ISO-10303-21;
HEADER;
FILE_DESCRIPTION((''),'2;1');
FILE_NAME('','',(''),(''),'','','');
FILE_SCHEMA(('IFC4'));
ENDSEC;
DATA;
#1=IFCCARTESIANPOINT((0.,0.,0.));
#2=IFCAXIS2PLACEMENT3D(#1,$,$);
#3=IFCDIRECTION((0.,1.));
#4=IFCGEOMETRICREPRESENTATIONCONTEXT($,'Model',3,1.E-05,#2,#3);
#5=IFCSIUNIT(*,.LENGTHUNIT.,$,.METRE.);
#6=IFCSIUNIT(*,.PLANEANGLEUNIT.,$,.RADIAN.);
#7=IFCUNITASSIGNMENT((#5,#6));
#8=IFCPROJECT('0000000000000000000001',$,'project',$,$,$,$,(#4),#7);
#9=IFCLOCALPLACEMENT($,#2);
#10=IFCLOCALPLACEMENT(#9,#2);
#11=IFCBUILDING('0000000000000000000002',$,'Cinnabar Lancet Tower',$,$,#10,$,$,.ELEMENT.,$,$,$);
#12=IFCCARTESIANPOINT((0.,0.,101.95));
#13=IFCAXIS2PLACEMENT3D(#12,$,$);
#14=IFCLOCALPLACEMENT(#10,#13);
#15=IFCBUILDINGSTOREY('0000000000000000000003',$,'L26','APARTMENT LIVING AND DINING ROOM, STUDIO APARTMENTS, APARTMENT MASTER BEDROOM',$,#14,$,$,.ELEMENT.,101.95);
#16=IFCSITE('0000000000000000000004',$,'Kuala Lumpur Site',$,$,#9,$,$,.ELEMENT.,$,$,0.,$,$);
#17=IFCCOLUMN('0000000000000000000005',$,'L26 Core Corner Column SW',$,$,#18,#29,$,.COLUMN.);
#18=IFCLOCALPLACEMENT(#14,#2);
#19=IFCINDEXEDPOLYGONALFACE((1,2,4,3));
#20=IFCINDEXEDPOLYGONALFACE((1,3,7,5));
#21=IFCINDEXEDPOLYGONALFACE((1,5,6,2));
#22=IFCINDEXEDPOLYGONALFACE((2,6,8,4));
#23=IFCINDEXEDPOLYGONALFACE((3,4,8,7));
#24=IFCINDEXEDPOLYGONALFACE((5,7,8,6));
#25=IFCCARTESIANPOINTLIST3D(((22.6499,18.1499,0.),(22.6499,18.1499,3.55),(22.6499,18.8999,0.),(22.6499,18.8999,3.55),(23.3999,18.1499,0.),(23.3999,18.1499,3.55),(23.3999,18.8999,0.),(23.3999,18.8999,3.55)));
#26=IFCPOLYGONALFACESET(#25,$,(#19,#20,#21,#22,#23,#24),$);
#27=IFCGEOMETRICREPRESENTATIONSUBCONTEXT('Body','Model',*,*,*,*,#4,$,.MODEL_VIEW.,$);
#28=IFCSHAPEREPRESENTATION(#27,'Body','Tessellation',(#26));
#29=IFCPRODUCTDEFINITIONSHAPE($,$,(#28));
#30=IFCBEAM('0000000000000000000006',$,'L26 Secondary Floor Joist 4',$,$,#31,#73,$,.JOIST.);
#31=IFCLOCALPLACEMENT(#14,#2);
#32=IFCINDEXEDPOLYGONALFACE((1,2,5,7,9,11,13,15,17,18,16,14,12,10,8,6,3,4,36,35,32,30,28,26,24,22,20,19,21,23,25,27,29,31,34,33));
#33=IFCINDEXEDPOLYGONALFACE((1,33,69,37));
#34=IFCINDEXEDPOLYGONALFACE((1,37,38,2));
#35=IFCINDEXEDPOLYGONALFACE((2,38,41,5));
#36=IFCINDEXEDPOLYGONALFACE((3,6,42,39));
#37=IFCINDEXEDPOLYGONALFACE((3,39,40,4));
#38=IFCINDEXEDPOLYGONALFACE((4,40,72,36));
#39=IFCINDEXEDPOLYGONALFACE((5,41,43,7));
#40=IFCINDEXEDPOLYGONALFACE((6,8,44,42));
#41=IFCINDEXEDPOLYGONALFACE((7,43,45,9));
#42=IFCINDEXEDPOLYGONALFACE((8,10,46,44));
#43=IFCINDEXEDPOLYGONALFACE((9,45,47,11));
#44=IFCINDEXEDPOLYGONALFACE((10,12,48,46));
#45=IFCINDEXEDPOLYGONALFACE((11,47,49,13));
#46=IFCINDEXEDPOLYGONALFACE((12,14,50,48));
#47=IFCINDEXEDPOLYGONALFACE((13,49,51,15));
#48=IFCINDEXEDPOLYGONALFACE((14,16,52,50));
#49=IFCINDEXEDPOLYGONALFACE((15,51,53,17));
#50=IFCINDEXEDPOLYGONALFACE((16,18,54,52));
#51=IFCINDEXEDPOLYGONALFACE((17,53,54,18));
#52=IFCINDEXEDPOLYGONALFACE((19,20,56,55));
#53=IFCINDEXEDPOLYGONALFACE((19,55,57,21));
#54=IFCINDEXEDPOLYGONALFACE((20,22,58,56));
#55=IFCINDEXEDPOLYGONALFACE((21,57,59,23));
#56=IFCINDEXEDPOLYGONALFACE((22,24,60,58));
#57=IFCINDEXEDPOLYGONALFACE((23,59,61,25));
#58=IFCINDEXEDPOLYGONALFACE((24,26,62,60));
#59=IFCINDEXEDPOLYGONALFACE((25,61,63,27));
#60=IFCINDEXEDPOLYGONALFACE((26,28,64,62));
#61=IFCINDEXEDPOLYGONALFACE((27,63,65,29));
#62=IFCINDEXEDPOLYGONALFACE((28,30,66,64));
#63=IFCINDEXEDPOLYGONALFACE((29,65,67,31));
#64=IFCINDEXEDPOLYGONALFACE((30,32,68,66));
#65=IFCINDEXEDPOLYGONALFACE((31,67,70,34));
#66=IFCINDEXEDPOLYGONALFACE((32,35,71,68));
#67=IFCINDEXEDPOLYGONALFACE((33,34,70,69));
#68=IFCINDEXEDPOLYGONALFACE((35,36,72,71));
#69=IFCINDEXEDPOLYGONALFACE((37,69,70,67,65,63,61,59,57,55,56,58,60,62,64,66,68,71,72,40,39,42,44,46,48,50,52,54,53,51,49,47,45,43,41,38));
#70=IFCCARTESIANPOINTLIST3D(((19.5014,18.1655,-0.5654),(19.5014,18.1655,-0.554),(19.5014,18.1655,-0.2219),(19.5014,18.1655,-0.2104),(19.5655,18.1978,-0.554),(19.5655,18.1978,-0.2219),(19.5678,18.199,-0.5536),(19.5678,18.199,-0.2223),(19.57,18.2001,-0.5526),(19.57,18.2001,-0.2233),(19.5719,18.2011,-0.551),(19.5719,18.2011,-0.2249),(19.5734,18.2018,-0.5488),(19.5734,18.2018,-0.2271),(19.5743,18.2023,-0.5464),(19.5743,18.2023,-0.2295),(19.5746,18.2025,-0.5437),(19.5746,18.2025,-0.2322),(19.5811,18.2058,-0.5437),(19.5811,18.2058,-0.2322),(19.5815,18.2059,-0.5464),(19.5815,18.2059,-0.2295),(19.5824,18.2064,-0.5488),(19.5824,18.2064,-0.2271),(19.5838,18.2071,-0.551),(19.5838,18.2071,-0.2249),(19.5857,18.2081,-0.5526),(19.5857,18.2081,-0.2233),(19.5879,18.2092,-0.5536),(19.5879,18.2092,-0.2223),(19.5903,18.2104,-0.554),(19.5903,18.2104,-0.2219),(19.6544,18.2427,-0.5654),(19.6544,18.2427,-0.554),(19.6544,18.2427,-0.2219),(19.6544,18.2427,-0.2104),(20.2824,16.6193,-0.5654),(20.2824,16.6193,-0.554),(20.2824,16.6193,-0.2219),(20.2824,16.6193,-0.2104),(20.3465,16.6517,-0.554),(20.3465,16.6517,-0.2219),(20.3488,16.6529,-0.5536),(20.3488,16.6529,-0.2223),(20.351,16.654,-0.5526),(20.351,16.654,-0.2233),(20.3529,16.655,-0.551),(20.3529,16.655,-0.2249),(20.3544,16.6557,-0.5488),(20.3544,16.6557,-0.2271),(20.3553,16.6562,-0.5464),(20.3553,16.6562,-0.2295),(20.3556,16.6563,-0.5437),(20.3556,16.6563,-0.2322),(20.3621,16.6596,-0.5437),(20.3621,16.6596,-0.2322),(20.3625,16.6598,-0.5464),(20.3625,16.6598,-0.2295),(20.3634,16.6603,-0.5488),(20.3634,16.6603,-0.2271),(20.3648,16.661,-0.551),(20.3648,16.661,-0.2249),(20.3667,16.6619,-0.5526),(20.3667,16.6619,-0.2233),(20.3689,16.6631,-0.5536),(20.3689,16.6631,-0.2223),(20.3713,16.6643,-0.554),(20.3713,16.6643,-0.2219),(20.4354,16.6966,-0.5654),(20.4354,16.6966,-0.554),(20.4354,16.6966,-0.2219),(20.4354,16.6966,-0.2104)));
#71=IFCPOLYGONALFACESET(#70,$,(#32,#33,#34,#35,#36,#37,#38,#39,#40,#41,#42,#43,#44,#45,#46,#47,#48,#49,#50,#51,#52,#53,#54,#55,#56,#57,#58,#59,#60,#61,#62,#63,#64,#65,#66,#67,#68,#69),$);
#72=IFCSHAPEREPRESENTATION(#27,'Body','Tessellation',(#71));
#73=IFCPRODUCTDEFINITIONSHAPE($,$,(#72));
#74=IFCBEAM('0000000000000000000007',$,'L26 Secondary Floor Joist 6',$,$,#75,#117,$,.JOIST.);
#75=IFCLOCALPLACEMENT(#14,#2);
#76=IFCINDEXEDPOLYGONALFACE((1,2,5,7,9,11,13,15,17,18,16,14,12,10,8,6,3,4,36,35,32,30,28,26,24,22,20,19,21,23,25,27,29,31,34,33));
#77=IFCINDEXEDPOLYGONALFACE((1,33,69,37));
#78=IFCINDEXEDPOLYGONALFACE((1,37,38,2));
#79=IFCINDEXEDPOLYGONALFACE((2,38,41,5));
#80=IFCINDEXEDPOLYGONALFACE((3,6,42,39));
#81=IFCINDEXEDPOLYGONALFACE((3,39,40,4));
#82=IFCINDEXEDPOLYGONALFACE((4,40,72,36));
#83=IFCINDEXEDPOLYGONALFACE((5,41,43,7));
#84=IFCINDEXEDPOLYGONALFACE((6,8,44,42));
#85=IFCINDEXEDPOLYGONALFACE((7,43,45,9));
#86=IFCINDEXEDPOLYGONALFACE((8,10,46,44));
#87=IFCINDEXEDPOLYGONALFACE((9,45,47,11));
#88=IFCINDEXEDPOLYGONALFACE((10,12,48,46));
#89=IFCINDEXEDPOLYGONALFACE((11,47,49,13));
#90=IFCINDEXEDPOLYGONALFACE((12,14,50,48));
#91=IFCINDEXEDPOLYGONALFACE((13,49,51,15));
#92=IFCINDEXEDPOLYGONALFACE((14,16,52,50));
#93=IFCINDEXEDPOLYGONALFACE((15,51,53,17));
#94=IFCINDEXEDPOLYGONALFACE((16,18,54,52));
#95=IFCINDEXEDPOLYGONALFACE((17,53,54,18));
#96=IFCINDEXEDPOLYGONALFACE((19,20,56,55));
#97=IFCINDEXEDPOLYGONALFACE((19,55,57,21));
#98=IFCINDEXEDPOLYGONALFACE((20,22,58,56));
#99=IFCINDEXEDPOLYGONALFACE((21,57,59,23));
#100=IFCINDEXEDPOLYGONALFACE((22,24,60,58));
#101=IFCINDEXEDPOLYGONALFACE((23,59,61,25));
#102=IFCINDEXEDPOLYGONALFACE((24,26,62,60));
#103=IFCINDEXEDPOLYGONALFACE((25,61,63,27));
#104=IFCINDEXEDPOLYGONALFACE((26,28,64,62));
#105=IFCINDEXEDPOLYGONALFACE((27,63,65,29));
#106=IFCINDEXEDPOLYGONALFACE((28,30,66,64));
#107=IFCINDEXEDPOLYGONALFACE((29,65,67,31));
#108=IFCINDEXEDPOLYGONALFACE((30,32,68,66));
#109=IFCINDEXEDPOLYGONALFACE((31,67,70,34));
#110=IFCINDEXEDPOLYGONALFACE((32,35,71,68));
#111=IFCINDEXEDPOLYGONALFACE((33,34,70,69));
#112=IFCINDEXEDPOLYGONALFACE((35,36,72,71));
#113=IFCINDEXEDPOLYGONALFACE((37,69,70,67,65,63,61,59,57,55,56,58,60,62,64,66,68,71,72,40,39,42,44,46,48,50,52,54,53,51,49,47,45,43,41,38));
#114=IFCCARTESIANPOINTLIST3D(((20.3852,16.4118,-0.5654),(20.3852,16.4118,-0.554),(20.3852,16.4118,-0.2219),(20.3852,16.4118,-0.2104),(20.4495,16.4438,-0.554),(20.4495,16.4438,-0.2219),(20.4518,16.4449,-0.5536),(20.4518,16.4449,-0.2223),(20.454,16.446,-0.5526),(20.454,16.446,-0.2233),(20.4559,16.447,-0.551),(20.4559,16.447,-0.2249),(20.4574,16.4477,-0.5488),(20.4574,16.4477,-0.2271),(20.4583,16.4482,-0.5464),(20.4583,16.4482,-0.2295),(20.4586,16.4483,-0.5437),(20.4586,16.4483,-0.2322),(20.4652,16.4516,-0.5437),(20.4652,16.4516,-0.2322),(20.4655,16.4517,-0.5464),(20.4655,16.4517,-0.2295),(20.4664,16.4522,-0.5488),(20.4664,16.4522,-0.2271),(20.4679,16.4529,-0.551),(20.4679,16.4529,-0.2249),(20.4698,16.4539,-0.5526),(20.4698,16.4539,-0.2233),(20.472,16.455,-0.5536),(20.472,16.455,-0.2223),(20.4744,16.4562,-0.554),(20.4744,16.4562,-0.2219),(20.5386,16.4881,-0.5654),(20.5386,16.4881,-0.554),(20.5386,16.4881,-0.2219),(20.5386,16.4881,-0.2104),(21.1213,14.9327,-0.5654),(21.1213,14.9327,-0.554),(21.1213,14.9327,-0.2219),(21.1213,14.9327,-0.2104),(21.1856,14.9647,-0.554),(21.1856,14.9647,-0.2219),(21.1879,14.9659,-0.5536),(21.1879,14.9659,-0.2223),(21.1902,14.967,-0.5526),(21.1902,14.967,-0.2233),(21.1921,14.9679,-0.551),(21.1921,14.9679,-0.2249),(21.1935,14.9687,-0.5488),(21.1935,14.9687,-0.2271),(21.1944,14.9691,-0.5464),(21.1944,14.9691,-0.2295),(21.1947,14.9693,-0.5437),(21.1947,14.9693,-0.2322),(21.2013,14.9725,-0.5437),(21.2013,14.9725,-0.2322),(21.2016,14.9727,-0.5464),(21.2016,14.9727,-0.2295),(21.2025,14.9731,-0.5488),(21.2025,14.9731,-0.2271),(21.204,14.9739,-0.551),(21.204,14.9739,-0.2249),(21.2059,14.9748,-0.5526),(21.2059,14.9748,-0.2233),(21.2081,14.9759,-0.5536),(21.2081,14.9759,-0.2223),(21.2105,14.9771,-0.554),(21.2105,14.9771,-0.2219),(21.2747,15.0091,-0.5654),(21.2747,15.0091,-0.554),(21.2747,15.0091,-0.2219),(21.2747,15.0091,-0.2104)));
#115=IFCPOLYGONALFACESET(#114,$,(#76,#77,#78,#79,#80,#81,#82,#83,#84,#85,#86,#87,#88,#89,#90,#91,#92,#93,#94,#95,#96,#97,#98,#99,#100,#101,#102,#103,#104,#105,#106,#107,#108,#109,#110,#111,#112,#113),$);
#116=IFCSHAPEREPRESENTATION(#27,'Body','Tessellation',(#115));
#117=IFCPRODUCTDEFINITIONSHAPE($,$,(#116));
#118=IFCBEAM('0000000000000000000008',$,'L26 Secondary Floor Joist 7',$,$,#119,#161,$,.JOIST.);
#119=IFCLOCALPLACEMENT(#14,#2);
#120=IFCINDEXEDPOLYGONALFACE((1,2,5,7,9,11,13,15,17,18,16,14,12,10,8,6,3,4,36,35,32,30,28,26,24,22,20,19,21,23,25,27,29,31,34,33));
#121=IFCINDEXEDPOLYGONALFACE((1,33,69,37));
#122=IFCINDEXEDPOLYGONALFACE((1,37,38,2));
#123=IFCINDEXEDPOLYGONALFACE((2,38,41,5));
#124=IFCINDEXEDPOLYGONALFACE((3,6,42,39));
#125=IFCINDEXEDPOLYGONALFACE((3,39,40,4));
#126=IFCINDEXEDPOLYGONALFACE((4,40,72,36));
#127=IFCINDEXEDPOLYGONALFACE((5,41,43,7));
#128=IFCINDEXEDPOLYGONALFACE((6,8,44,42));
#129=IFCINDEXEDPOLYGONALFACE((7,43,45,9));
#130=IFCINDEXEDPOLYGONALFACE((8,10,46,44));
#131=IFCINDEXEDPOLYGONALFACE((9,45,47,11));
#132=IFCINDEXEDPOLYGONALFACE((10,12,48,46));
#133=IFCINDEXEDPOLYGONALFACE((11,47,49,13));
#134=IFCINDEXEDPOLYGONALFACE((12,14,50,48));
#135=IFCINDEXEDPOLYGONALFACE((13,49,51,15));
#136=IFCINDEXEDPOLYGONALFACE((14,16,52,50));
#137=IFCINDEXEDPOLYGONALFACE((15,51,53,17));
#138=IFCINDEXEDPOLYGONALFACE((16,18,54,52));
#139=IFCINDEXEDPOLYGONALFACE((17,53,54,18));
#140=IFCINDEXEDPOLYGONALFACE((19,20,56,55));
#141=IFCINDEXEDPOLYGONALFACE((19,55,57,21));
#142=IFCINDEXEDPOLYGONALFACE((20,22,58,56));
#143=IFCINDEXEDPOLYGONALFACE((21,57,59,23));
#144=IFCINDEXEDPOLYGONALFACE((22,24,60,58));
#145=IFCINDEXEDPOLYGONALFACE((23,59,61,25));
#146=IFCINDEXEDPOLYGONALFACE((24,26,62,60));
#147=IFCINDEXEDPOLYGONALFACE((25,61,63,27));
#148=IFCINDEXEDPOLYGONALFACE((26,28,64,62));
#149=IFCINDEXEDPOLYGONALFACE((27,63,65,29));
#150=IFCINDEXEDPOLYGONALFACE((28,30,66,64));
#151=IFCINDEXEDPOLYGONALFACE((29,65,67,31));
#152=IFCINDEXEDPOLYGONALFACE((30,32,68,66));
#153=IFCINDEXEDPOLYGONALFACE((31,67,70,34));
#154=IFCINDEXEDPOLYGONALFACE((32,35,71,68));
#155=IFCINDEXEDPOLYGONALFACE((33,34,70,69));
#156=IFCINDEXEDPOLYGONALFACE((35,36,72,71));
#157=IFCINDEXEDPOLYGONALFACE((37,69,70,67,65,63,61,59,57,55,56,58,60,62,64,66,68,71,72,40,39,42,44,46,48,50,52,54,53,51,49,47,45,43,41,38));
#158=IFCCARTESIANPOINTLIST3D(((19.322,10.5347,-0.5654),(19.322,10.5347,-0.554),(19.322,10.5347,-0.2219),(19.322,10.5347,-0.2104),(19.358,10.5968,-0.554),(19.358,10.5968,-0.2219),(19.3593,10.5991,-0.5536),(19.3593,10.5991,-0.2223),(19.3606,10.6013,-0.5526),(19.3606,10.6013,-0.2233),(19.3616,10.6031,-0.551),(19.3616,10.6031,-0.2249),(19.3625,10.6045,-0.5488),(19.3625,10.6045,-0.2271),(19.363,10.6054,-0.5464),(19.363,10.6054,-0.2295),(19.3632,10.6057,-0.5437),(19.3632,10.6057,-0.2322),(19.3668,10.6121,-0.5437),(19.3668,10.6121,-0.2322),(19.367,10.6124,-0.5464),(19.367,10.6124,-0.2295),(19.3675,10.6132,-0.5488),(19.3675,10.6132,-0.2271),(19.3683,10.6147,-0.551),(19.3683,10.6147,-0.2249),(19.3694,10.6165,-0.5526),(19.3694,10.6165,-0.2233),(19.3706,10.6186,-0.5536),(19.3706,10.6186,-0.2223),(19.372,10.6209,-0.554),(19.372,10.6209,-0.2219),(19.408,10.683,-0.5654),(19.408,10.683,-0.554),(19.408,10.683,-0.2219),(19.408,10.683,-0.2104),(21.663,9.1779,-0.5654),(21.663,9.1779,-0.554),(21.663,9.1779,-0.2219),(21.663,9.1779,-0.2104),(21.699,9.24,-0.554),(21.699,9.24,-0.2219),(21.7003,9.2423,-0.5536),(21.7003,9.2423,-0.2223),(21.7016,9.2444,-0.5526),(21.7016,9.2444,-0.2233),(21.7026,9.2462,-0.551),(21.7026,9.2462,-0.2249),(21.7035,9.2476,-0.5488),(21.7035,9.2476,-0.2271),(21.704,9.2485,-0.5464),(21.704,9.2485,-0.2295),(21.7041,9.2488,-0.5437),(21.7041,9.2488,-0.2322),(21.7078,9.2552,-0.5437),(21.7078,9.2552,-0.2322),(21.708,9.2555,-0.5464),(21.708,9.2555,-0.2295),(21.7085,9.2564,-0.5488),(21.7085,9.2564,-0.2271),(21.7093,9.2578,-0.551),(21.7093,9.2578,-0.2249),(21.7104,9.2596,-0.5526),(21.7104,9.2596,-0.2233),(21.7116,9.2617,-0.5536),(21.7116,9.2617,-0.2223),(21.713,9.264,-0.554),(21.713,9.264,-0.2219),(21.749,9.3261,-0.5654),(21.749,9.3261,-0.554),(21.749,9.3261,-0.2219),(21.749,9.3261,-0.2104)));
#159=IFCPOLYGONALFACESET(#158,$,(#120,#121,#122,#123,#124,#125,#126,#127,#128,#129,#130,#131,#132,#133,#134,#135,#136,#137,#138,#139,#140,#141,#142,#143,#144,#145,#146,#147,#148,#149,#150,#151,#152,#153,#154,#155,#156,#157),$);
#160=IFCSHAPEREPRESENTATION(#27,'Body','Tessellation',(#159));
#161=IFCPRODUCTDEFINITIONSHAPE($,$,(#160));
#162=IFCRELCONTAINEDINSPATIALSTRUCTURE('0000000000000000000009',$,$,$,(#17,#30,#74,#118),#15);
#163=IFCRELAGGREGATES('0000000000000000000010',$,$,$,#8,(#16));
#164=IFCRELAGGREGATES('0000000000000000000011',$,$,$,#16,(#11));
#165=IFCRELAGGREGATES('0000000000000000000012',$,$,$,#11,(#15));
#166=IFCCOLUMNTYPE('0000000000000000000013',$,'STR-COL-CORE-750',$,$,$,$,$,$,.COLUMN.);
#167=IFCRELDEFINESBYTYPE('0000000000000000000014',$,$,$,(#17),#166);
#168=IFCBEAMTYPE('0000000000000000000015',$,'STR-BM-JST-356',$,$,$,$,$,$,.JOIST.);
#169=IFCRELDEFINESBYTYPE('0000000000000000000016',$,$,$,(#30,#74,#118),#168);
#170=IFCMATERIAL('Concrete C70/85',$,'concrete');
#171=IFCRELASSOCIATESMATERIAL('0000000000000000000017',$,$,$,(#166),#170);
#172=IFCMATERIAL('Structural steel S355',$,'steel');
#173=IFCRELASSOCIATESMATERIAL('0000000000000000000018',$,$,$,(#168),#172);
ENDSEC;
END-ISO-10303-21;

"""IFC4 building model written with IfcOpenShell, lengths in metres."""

from ifc_helpers import new_model, si_unit, direction, frame, origin, origin_2d, place, context, subcontext, project, spatial, rectangle, i_section, extrude, material, material_profile, profile_set, type_object, element, save


model = new_model("IFC4")

# Units and contexts
model_context = context("Model", 3, precision=1e-05, world=origin(), true_north=direction((0.0, 1.0)))
body_context = subcontext(model_context, "Body", "Model", "MODEL_VIEW")
ifc_project = project(units=[si_unit("LENGTHUNIT", "METRE"), si_unit("PLANEANGLEUNIT", "RADIAN")], contexts=[model_context])

# Site, building, storey
site_placement = place(None, origin())
site = spatial("IfcSite", under=ifc_project, at=site_placement, Name="Kuala Lumpur Site", CompositionType="ELEMENT", RefElevation=0.0)
building_placement = place(site_placement, origin())
building = spatial("IfcBuilding", under=site, at=building_placement, Name="Cinnabar Lancet Tower", CompositionType="ELEMENT")
storey_placement = place(building_placement, frame((0.0, 0.0, 101.95)))
storey = spatial("IfcBuildingStorey", under=building, at=storey_placement, Name="L26", Description="APARTMENT LIVING AND DINING ROOM, STUDIO APARTMENTS, APARTMENT MASTER BEDROOM", CompositionType="ELEMENT", Elevation=101.95)

# Column
ifc_material_1 = material(Name="Concrete C70/85", Category="concrete")
ifc_material_profile_1 = material_profile(ifc_material_1, rectangle(XDim=0.75, YDim=0.75, at=origin_2d()), Name="RC-COL 750x750")
ifc_profile_set_1 = profile_set([ifc_material_profile_1], Name="Concrete C70/85")
column_type = type_object("IfcColumnType", Name="STR-COL-CORE-750", PredefinedType="COLUMN", material=ifc_profile_set_1)
column_placement = place(storey_placement, frame((23.0249, 18.5249, 0.0), z_axis=(0.0, 0.0, 1.0), x_axis=(1.0, 0.0, 0.0)))
element("IfcColumn", 1, at=column_placement, inside=storey, type_object=column_type, Name="L26 Core Corner Column SW", PredefinedType="COLUMN", context=body_context, shape_type="SweptSolid", body=[
    extrude(rectangle(XDim=0.75, YDim=0.75, at=origin_2d()), origin(), (0.0, 0.0, 1.0), 3.55),
])

# Beams
ifc_material_2 = material(Name="Structural steel S355", Category="steel")
ifc_material_profile_2 = material_profile(ifc_material_2, i_section(OverallWidth=0.1714, OverallDepth=0.355, WebThickness=0.0073, FlangeThickness=0.0115, FilletRadius=0.0103, at=origin_2d()), Name="UKB 356x171x51")
ifc_profile_set_2 = profile_set([ifc_material_profile_2], Name="Structural steel S355")
beam_type_1 = type_object("IfcBeamType", Name="STR-BM-JST-356", PredefinedType="JOIST", material=ifc_profile_set_2)
beam_1_placement = place(storey_placement, frame((19.5779, 18.2041, -0.3879), z_axis=(0.450874, -0.892587, 0.0), x_axis=(0.892587, 0.450874, 0.0)))
element("IfcBeam", 2, at=beam_1_placement, inside=storey, type_object=beam_type_1, Name="L26 Secondary Floor Joist 4", PredefinedType="JOIST", context=body_context, shape_type="SweptSolid", body=[
    extrude(i_section(OverallWidth=0.1714, OverallDepth=0.355, WebThickness=0.0073, FlangeThickness=0.0115, FilletRadius=0.0103, at=origin_2d()), origin(), (0.0, 0.0, 1.0), 1.7322),
])
beam_2_placement = place(storey_placement, frame((20.4619, 16.45, -0.3879), z_axis=(0.445558, -0.895253, 0.0), x_axis=(0.895253, 0.445558, 0.0)))
element("IfcBeam", 3, at=beam_2_placement, inside=storey, type_object=beam_type_1, Name="L26 Secondary Floor Joist 6", PredefinedType="JOIST", context=body_context, shape_type="SweptSolid", body=[
    extrude(i_section(OverallWidth=0.1714, OverallDepth=0.355, WebThickness=0.0073, FlangeThickness=0.0115, FilletRadius=0.0103, at=origin_2d()), origin(), (0.0, 0.0, 1.0), 1.6521),
])
beam_3_placement = place(storey_placement, frame((19.365, 10.6089, -0.3879), z_axis=(0.865173, -0.501474, 0.0), x_axis=(0.501474, 0.865173, 0.0)))
element("IfcBeam", 4, at=beam_3_placement, inside=storey, type_object=beam_type_1, Name="L26 Secondary Floor Joist 7", PredefinedType="JOIST", context=body_context, shape_type="SweptSolid", body=[
    extrude(i_section(OverallWidth=0.1714, OverallDepth=0.355, WebThickness=0.0073, FlangeThickness=0.0115, FilletRadius=0.0103, at=origin_2d()), origin(), (0.0, 0.0, 1.0), 2.7058),
])

save(model, "model.ifc")
